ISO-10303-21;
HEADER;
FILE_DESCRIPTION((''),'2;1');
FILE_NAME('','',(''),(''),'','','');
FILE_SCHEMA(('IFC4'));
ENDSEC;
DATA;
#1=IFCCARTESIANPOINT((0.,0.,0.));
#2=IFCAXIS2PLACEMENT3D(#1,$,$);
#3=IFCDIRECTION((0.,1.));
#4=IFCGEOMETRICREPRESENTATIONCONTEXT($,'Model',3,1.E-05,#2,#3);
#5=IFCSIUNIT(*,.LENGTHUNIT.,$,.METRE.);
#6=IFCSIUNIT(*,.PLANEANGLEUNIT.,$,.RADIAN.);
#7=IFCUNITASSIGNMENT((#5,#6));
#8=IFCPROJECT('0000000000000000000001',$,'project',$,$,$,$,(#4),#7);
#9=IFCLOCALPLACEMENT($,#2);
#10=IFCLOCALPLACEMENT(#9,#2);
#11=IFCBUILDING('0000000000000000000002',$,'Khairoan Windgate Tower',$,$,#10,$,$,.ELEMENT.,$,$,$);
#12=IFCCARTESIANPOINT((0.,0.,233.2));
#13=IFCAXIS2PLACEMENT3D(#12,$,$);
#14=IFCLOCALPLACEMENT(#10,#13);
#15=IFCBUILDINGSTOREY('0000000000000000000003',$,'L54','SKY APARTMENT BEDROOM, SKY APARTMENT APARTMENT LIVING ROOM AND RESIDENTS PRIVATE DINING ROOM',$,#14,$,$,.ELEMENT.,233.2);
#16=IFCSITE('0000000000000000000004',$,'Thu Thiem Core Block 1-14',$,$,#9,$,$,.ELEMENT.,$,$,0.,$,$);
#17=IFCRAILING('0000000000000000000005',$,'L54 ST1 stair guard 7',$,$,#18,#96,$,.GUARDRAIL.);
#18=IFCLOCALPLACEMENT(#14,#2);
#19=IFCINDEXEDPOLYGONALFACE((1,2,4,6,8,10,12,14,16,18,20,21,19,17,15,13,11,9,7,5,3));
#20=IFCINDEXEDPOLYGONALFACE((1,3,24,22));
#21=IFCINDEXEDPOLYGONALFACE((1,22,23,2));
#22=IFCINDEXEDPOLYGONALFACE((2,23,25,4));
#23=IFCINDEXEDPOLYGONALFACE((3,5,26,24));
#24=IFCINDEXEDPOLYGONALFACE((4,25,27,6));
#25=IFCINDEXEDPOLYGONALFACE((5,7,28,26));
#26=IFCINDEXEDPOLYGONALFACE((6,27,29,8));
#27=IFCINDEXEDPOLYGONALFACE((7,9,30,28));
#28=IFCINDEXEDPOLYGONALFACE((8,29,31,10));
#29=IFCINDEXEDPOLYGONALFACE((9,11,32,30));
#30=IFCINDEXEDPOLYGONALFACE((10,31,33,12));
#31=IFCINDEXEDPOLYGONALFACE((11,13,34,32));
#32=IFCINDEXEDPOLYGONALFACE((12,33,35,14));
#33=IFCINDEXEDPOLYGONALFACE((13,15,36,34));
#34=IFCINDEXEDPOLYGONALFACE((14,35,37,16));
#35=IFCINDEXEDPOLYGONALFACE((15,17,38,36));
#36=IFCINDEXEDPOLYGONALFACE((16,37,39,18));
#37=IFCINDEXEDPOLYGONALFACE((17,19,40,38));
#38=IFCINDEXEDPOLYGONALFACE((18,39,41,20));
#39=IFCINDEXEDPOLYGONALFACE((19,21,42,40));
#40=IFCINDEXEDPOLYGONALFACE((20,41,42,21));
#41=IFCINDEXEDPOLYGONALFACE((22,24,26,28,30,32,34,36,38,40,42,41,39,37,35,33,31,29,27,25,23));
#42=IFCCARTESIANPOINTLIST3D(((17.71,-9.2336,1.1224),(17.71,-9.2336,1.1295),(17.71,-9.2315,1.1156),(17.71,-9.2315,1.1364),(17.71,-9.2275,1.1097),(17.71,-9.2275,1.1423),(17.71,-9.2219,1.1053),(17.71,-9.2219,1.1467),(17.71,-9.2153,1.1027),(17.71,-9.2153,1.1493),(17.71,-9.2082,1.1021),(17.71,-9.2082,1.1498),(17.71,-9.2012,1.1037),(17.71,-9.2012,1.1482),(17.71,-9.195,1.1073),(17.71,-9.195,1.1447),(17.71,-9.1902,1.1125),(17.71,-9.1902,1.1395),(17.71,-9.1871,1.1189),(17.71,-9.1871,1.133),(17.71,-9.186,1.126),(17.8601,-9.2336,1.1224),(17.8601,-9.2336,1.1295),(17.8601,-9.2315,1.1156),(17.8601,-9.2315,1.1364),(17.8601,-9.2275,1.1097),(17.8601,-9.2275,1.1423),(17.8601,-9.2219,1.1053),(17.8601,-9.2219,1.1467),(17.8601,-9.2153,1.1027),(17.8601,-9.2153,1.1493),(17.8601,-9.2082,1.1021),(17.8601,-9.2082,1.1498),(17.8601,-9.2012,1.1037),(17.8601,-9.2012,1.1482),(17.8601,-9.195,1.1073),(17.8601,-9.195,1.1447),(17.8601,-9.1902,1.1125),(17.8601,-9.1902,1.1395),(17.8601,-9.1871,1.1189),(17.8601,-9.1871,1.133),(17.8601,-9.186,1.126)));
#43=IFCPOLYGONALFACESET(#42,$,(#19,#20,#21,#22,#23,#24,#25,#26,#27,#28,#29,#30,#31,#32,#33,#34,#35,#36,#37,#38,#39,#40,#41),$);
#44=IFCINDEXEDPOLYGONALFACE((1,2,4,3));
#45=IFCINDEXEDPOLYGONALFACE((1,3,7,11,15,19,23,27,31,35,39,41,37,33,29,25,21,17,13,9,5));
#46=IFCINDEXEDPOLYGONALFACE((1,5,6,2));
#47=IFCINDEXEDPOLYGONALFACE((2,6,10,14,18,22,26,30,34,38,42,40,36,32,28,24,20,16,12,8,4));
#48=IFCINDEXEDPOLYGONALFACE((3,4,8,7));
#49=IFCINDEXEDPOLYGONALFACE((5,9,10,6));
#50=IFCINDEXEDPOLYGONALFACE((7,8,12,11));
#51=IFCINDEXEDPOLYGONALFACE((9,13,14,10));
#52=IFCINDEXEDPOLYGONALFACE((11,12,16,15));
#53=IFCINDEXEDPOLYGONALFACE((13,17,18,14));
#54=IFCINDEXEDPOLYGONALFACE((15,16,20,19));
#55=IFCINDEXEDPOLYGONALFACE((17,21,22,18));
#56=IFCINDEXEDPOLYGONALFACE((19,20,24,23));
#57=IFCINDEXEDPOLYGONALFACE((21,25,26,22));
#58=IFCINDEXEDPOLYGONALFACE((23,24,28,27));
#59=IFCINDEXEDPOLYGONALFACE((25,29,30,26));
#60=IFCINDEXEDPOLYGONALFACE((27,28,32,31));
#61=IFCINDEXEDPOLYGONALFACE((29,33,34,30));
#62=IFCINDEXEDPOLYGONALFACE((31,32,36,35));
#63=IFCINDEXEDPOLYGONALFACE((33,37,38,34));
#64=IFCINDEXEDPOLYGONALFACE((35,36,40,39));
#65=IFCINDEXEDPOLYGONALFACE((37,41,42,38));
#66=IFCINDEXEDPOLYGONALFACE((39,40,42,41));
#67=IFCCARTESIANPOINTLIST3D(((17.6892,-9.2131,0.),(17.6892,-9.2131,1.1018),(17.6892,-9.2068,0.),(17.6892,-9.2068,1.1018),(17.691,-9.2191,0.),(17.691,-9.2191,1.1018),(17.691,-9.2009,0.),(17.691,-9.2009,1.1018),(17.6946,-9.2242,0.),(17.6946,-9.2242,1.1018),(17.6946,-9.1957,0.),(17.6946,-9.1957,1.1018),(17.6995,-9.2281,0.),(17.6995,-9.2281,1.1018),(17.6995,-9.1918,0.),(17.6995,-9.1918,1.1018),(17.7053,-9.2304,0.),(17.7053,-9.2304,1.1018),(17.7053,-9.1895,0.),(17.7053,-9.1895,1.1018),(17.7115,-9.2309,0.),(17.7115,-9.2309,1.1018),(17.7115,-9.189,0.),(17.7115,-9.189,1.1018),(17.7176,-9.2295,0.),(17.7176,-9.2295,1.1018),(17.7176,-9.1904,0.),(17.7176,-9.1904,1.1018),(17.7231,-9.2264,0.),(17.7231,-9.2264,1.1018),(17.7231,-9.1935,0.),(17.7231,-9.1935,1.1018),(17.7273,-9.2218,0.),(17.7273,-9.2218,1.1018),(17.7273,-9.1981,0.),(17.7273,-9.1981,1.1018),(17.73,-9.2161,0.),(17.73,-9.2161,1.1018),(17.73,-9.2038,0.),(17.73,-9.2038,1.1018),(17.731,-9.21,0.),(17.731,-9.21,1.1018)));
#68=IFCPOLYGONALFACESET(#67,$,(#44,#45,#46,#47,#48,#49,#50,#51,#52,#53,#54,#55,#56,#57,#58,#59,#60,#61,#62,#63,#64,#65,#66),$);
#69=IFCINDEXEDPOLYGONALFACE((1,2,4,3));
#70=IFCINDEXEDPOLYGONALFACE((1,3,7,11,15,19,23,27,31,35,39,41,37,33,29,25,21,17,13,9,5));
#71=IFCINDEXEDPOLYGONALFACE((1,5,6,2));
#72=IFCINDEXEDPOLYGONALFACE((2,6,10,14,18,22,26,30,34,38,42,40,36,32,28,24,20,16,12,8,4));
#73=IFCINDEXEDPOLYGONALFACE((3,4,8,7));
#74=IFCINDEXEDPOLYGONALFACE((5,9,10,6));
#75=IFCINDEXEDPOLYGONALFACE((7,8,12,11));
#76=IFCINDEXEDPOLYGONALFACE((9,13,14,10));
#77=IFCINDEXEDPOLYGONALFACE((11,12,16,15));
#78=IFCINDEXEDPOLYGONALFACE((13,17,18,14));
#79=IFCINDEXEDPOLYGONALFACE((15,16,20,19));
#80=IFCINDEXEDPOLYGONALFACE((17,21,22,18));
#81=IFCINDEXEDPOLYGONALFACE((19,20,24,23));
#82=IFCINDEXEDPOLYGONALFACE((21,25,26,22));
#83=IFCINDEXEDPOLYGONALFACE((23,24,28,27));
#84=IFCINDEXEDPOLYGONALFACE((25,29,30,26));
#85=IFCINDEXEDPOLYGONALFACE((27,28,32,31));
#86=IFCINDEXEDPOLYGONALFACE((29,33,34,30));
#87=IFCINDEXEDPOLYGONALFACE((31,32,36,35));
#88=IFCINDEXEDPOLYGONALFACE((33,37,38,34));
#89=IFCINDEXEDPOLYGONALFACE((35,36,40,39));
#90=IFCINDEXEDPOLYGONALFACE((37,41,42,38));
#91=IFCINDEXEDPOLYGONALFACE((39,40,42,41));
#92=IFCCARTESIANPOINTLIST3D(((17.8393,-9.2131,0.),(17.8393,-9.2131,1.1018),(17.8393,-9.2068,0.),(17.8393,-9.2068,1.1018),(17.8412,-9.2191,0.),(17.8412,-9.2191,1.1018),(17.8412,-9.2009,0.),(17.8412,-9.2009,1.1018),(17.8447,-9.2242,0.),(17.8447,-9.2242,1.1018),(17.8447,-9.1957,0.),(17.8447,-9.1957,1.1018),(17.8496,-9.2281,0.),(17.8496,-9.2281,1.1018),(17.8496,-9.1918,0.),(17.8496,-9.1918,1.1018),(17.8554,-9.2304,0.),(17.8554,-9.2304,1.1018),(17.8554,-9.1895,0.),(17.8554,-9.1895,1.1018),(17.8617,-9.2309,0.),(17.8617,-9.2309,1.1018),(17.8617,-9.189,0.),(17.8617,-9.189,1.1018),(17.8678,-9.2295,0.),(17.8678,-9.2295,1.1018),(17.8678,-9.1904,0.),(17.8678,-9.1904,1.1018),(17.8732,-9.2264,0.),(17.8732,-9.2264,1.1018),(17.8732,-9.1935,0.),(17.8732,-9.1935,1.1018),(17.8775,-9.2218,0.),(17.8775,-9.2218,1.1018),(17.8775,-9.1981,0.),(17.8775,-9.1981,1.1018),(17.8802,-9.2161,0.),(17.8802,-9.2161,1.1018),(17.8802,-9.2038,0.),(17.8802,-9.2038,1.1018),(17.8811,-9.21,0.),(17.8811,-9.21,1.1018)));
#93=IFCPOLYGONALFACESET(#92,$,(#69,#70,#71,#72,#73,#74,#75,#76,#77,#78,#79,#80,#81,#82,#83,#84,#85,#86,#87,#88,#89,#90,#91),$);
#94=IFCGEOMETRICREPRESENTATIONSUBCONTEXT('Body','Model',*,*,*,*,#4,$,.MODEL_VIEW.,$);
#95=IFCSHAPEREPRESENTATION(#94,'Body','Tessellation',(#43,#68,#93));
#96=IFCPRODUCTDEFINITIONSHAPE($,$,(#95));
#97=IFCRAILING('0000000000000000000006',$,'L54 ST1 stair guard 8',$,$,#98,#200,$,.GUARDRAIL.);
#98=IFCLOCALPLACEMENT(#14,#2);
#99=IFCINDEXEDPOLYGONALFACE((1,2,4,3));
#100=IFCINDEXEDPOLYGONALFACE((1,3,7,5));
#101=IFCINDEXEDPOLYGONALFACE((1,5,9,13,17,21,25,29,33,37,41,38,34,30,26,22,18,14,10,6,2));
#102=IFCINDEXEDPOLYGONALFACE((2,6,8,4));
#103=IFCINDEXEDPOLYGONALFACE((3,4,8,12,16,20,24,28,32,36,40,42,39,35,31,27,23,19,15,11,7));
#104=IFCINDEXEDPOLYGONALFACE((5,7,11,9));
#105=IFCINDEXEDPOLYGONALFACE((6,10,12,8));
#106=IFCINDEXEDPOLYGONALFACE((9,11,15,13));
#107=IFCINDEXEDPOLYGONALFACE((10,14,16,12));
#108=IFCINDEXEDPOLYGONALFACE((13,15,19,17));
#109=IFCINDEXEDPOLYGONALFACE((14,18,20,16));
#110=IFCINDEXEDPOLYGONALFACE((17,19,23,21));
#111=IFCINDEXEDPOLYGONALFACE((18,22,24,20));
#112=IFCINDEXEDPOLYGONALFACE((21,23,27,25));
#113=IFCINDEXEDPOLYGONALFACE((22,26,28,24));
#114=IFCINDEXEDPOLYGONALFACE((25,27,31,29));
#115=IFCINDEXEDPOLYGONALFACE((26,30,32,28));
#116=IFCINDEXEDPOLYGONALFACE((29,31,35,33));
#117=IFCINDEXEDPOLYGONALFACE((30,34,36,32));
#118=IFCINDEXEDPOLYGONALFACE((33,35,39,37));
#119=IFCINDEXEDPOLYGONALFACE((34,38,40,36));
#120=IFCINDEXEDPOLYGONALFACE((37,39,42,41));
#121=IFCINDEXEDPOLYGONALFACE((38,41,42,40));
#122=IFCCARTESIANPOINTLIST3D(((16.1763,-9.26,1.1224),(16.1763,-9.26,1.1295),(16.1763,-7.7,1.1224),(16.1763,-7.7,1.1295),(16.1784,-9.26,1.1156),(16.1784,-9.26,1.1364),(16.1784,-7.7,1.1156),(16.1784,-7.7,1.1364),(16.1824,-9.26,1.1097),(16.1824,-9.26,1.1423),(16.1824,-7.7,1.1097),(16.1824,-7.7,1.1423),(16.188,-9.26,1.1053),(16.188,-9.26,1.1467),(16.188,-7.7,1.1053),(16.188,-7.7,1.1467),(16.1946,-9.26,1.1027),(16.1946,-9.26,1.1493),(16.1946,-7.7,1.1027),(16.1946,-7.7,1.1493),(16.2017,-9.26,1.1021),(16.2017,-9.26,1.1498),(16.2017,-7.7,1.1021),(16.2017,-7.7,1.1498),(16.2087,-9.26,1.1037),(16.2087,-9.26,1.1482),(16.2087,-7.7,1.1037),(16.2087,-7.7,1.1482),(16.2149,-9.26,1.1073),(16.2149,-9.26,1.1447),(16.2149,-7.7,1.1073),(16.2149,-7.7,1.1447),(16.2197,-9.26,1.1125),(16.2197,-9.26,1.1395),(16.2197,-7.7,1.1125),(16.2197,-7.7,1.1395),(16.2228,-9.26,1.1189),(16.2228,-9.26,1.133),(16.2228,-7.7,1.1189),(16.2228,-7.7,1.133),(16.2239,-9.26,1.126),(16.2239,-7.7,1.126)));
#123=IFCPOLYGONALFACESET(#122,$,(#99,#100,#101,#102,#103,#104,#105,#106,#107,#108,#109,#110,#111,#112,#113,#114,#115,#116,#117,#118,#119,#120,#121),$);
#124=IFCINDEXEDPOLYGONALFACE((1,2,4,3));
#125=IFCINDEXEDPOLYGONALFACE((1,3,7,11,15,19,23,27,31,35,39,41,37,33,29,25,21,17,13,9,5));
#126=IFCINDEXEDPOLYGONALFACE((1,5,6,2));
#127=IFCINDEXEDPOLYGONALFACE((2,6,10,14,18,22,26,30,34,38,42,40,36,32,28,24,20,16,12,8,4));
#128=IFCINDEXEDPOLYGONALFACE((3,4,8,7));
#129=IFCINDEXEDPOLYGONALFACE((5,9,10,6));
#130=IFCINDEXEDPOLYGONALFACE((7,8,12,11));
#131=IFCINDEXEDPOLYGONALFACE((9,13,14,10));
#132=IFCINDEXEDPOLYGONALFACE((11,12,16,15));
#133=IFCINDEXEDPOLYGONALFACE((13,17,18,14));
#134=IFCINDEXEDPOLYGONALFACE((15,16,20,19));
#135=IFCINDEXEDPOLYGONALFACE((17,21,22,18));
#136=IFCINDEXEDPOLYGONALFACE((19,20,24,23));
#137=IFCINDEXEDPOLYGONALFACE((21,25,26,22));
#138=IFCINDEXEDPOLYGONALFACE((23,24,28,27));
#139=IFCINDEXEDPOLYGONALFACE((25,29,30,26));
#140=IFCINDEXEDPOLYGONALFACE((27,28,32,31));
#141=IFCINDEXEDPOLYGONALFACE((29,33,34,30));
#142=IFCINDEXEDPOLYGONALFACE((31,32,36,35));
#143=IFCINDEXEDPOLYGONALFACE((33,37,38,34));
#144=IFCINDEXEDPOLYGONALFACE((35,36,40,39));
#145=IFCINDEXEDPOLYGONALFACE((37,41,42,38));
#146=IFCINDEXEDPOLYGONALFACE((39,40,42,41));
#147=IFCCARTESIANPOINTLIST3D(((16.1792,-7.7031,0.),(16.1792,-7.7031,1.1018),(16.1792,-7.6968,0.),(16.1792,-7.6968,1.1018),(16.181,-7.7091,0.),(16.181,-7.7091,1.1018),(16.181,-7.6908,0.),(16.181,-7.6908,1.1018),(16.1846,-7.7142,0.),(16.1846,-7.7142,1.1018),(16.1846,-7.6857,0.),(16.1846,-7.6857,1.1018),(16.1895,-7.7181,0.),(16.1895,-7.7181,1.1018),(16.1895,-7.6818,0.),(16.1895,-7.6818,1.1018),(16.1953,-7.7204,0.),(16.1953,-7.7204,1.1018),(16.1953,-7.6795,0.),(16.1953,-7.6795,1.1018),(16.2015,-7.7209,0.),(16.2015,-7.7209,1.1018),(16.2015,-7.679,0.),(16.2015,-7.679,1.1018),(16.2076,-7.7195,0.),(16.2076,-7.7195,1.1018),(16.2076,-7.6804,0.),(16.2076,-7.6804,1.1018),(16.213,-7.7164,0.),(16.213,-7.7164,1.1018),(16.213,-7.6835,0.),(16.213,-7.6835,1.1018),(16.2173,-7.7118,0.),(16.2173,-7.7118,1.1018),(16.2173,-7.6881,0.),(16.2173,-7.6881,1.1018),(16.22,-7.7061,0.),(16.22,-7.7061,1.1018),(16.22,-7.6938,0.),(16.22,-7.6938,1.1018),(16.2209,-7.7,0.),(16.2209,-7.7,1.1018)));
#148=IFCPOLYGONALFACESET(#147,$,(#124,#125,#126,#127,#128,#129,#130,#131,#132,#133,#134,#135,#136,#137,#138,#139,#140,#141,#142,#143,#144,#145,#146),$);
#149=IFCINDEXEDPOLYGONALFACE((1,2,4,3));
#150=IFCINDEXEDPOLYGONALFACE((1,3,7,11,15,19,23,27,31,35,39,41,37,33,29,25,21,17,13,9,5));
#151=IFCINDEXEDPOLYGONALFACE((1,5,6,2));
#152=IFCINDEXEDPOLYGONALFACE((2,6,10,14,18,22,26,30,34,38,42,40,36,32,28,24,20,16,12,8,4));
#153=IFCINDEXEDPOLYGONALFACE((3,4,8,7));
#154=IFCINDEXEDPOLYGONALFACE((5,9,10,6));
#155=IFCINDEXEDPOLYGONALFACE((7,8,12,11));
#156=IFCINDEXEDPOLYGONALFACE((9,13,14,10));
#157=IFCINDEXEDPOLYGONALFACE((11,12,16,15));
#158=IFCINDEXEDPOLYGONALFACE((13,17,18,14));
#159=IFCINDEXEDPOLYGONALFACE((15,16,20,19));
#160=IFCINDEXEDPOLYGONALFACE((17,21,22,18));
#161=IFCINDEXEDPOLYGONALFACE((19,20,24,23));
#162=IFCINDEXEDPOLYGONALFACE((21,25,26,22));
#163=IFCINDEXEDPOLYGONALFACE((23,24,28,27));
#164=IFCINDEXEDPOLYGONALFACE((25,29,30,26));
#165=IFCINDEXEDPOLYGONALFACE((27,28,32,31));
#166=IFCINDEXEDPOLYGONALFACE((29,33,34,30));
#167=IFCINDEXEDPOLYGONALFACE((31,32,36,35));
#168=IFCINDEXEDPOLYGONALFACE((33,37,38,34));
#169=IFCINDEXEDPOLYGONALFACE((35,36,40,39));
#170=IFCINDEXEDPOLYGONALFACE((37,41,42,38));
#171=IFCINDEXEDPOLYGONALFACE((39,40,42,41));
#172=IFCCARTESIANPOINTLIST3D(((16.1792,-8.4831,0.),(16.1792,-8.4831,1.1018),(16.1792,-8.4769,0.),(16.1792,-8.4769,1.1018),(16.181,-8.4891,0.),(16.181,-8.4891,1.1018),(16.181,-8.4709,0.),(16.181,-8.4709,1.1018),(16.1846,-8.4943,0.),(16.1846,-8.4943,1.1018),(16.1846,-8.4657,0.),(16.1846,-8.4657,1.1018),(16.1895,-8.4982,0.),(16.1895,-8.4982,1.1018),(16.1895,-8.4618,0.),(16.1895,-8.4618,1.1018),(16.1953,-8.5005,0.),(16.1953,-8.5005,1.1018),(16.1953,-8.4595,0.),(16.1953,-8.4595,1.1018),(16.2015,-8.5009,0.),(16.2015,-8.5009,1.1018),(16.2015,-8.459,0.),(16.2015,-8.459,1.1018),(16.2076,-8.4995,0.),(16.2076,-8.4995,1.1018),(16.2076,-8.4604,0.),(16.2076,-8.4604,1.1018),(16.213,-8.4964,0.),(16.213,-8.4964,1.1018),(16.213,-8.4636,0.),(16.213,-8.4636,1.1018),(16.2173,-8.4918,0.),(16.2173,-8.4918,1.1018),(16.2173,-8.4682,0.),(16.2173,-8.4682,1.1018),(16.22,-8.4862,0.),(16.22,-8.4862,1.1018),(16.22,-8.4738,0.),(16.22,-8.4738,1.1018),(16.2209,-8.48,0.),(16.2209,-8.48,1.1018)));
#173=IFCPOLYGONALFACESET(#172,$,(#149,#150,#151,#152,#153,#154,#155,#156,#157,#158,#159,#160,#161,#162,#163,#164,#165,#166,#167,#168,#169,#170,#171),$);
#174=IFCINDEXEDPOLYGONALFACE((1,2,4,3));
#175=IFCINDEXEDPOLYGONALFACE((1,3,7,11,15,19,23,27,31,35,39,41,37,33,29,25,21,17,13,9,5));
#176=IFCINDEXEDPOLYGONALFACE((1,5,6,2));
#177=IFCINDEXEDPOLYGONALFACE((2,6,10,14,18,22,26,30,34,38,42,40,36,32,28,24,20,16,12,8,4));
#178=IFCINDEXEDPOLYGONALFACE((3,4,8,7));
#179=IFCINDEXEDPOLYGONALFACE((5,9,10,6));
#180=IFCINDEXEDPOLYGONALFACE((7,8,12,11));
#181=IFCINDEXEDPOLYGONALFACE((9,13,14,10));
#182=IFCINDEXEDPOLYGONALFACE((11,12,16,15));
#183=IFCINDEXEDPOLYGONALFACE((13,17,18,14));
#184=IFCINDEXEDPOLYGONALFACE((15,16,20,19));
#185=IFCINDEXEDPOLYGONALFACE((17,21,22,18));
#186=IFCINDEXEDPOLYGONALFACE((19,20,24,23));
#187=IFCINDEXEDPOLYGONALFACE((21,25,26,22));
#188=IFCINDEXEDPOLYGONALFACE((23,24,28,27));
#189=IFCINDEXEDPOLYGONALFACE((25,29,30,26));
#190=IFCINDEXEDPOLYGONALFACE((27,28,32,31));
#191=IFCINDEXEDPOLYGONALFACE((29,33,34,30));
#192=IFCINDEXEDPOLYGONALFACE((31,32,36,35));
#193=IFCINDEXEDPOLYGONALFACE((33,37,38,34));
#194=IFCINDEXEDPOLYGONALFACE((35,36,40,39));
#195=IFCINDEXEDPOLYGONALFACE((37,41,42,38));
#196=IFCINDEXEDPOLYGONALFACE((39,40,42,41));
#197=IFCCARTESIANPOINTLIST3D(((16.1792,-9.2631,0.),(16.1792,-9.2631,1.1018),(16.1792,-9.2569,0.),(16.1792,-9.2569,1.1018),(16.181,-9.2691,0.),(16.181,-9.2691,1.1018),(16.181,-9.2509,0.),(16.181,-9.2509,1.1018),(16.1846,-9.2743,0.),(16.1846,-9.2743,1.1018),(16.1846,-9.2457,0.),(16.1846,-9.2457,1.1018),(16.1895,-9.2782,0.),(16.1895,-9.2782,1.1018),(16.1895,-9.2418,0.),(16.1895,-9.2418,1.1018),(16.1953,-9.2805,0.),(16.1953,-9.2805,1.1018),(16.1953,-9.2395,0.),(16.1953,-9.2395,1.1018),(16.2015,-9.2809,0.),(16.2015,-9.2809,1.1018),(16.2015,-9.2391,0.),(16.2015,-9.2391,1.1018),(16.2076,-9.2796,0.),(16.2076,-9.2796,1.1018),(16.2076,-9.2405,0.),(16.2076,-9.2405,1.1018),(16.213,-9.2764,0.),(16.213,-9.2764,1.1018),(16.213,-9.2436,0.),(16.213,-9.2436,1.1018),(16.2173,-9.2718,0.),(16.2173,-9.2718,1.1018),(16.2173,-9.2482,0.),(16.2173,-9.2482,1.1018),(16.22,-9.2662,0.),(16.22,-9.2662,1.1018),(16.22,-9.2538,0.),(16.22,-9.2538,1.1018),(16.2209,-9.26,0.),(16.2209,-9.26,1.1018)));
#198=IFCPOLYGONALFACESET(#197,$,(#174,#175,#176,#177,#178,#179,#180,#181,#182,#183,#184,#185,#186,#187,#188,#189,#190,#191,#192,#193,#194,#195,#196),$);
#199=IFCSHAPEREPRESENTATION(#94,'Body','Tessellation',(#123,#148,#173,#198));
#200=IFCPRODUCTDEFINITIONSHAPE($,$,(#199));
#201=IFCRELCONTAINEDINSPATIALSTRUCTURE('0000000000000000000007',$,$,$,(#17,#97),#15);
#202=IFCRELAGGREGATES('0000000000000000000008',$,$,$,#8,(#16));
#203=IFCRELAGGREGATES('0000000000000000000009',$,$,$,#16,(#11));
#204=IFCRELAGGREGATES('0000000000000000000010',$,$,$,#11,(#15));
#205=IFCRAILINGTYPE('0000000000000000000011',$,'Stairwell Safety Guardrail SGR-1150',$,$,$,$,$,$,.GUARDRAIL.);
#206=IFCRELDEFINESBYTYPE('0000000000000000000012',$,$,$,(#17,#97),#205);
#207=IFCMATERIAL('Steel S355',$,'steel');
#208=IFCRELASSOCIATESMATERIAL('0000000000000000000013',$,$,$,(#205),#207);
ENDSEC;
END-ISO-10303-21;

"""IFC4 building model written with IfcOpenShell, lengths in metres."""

from ifc_helpers import new_model, si_unit, direction, frame, origin, origin_2d, place, context, subcontext, project, spatial, circle, extrude, material, type_object, element, save


model = new_model("IFC4")

# Units and contexts
model_context = context("Model", 3, precision=1e-05, world=origin(), true_north=direction((0.0, 1.0)))
body_context = subcontext(model_context, "Body", "Model", "MODEL_VIEW")
ifc_project = project(units=[si_unit("LENGTHUNIT", "METRE"), si_unit("PLANEANGLEUNIT", "RADIAN")], contexts=[model_context])

# Site, building, storey
site_placement = place(None, origin())
site = spatial("IfcSite", under=ifc_project, at=site_placement, Name="Thu Thiem Core Block 1-14", CompositionType="ELEMENT", RefElevation=0.0)
building_placement = place(site_placement, origin())
building = spatial("IfcBuilding", under=site, at=building_placement, Name="Khairoan Windgate Tower", CompositionType="ELEMENT")
storey_placement = place(building_placement, frame((0.0, 0.0, 233.2)))
storey = spatial("IfcBuildingStorey", under=building, at=storey_placement, Name="L54", Description="SKY APARTMENT BEDROOM, SKY APARTMENT APARTMENT LIVING ROOM AND RESIDENTS PRIVATE DINING ROOM", CompositionType="ELEMENT", Elevation=233.2)

# Railings
ifc_material_1 = material(Name="Steel S355", Category="steel")
railing_type_1 = type_object("IfcRailingType", Name="Stairwell Safety Guardrail SGR-1150", PredefinedType="GUARDRAIL", material=ifc_material_1)
railing_1_placement = place(storey_placement, frame((17.71, -9.21, 0.0)))
element("IfcRailing", 1, at=railing_1_placement, inside=storey, type_object=railing_type_1, Name="L54 ST1 stair guard 7", PredefinedType="GUARDRAIL", context=body_context, shape_type="SweptSolid", body=[
    extrude(circle(Radius=0.0239, at=origin_2d()), frame((0.0, 0.0, 1.126), z_axis=(1.0, 0.0, 0.0), x_axis=(0.0, 1.0, 0.0)), (0.0, 0.0, 1.0), 0.1501),
    extrude(circle(Radius=0.021, at=origin_2d()), origin(), (0.0, 0.0, 1.0), 1.1018),
    extrude(circle(Radius=0.021, at=origin_2d()), frame((0.1501, 0.0, 0.0)), (0.0, 0.0, 1.0), 1.1018),
])
for number, where, name in (
    (2, (16.2, -7.7, 0.0), "L54 ST1 stair guard 8"),
):
    element("IfcRailing", number, at=place(storey_placement, frame(where)), inside=storey, type_object=railing_type_1, Name=name, PredefinedType="GUARDRAIL", context=body_context, shape_type="SweptSolid", body=[
        extrude(circle(Radius=0.0239, at=origin_2d()), frame((0.0, 0.0, 1.126), z_axis=(0.0, -1.0, 0.0), x_axis=(1.0, 0.0, 0.0)), (0.0, 0.0, 1.0), 1.5601),
        extrude(circle(Radius=0.021, at=origin_2d()), origin(), (0.0, 0.0, 1.0), 1.1018),
        extrude(circle(Radius=0.021, at=origin_2d()), frame((0.0, -0.78, 0.0)), (0.0, 0.0, 1.0), 1.1018),
        extrude(circle(Radius=0.021, at=origin_2d()), frame((0.0, -1.5601, 0.0)), (0.0, 0.0, 1.0), 1.1018),
    ])

save(model, "model.ifc")
